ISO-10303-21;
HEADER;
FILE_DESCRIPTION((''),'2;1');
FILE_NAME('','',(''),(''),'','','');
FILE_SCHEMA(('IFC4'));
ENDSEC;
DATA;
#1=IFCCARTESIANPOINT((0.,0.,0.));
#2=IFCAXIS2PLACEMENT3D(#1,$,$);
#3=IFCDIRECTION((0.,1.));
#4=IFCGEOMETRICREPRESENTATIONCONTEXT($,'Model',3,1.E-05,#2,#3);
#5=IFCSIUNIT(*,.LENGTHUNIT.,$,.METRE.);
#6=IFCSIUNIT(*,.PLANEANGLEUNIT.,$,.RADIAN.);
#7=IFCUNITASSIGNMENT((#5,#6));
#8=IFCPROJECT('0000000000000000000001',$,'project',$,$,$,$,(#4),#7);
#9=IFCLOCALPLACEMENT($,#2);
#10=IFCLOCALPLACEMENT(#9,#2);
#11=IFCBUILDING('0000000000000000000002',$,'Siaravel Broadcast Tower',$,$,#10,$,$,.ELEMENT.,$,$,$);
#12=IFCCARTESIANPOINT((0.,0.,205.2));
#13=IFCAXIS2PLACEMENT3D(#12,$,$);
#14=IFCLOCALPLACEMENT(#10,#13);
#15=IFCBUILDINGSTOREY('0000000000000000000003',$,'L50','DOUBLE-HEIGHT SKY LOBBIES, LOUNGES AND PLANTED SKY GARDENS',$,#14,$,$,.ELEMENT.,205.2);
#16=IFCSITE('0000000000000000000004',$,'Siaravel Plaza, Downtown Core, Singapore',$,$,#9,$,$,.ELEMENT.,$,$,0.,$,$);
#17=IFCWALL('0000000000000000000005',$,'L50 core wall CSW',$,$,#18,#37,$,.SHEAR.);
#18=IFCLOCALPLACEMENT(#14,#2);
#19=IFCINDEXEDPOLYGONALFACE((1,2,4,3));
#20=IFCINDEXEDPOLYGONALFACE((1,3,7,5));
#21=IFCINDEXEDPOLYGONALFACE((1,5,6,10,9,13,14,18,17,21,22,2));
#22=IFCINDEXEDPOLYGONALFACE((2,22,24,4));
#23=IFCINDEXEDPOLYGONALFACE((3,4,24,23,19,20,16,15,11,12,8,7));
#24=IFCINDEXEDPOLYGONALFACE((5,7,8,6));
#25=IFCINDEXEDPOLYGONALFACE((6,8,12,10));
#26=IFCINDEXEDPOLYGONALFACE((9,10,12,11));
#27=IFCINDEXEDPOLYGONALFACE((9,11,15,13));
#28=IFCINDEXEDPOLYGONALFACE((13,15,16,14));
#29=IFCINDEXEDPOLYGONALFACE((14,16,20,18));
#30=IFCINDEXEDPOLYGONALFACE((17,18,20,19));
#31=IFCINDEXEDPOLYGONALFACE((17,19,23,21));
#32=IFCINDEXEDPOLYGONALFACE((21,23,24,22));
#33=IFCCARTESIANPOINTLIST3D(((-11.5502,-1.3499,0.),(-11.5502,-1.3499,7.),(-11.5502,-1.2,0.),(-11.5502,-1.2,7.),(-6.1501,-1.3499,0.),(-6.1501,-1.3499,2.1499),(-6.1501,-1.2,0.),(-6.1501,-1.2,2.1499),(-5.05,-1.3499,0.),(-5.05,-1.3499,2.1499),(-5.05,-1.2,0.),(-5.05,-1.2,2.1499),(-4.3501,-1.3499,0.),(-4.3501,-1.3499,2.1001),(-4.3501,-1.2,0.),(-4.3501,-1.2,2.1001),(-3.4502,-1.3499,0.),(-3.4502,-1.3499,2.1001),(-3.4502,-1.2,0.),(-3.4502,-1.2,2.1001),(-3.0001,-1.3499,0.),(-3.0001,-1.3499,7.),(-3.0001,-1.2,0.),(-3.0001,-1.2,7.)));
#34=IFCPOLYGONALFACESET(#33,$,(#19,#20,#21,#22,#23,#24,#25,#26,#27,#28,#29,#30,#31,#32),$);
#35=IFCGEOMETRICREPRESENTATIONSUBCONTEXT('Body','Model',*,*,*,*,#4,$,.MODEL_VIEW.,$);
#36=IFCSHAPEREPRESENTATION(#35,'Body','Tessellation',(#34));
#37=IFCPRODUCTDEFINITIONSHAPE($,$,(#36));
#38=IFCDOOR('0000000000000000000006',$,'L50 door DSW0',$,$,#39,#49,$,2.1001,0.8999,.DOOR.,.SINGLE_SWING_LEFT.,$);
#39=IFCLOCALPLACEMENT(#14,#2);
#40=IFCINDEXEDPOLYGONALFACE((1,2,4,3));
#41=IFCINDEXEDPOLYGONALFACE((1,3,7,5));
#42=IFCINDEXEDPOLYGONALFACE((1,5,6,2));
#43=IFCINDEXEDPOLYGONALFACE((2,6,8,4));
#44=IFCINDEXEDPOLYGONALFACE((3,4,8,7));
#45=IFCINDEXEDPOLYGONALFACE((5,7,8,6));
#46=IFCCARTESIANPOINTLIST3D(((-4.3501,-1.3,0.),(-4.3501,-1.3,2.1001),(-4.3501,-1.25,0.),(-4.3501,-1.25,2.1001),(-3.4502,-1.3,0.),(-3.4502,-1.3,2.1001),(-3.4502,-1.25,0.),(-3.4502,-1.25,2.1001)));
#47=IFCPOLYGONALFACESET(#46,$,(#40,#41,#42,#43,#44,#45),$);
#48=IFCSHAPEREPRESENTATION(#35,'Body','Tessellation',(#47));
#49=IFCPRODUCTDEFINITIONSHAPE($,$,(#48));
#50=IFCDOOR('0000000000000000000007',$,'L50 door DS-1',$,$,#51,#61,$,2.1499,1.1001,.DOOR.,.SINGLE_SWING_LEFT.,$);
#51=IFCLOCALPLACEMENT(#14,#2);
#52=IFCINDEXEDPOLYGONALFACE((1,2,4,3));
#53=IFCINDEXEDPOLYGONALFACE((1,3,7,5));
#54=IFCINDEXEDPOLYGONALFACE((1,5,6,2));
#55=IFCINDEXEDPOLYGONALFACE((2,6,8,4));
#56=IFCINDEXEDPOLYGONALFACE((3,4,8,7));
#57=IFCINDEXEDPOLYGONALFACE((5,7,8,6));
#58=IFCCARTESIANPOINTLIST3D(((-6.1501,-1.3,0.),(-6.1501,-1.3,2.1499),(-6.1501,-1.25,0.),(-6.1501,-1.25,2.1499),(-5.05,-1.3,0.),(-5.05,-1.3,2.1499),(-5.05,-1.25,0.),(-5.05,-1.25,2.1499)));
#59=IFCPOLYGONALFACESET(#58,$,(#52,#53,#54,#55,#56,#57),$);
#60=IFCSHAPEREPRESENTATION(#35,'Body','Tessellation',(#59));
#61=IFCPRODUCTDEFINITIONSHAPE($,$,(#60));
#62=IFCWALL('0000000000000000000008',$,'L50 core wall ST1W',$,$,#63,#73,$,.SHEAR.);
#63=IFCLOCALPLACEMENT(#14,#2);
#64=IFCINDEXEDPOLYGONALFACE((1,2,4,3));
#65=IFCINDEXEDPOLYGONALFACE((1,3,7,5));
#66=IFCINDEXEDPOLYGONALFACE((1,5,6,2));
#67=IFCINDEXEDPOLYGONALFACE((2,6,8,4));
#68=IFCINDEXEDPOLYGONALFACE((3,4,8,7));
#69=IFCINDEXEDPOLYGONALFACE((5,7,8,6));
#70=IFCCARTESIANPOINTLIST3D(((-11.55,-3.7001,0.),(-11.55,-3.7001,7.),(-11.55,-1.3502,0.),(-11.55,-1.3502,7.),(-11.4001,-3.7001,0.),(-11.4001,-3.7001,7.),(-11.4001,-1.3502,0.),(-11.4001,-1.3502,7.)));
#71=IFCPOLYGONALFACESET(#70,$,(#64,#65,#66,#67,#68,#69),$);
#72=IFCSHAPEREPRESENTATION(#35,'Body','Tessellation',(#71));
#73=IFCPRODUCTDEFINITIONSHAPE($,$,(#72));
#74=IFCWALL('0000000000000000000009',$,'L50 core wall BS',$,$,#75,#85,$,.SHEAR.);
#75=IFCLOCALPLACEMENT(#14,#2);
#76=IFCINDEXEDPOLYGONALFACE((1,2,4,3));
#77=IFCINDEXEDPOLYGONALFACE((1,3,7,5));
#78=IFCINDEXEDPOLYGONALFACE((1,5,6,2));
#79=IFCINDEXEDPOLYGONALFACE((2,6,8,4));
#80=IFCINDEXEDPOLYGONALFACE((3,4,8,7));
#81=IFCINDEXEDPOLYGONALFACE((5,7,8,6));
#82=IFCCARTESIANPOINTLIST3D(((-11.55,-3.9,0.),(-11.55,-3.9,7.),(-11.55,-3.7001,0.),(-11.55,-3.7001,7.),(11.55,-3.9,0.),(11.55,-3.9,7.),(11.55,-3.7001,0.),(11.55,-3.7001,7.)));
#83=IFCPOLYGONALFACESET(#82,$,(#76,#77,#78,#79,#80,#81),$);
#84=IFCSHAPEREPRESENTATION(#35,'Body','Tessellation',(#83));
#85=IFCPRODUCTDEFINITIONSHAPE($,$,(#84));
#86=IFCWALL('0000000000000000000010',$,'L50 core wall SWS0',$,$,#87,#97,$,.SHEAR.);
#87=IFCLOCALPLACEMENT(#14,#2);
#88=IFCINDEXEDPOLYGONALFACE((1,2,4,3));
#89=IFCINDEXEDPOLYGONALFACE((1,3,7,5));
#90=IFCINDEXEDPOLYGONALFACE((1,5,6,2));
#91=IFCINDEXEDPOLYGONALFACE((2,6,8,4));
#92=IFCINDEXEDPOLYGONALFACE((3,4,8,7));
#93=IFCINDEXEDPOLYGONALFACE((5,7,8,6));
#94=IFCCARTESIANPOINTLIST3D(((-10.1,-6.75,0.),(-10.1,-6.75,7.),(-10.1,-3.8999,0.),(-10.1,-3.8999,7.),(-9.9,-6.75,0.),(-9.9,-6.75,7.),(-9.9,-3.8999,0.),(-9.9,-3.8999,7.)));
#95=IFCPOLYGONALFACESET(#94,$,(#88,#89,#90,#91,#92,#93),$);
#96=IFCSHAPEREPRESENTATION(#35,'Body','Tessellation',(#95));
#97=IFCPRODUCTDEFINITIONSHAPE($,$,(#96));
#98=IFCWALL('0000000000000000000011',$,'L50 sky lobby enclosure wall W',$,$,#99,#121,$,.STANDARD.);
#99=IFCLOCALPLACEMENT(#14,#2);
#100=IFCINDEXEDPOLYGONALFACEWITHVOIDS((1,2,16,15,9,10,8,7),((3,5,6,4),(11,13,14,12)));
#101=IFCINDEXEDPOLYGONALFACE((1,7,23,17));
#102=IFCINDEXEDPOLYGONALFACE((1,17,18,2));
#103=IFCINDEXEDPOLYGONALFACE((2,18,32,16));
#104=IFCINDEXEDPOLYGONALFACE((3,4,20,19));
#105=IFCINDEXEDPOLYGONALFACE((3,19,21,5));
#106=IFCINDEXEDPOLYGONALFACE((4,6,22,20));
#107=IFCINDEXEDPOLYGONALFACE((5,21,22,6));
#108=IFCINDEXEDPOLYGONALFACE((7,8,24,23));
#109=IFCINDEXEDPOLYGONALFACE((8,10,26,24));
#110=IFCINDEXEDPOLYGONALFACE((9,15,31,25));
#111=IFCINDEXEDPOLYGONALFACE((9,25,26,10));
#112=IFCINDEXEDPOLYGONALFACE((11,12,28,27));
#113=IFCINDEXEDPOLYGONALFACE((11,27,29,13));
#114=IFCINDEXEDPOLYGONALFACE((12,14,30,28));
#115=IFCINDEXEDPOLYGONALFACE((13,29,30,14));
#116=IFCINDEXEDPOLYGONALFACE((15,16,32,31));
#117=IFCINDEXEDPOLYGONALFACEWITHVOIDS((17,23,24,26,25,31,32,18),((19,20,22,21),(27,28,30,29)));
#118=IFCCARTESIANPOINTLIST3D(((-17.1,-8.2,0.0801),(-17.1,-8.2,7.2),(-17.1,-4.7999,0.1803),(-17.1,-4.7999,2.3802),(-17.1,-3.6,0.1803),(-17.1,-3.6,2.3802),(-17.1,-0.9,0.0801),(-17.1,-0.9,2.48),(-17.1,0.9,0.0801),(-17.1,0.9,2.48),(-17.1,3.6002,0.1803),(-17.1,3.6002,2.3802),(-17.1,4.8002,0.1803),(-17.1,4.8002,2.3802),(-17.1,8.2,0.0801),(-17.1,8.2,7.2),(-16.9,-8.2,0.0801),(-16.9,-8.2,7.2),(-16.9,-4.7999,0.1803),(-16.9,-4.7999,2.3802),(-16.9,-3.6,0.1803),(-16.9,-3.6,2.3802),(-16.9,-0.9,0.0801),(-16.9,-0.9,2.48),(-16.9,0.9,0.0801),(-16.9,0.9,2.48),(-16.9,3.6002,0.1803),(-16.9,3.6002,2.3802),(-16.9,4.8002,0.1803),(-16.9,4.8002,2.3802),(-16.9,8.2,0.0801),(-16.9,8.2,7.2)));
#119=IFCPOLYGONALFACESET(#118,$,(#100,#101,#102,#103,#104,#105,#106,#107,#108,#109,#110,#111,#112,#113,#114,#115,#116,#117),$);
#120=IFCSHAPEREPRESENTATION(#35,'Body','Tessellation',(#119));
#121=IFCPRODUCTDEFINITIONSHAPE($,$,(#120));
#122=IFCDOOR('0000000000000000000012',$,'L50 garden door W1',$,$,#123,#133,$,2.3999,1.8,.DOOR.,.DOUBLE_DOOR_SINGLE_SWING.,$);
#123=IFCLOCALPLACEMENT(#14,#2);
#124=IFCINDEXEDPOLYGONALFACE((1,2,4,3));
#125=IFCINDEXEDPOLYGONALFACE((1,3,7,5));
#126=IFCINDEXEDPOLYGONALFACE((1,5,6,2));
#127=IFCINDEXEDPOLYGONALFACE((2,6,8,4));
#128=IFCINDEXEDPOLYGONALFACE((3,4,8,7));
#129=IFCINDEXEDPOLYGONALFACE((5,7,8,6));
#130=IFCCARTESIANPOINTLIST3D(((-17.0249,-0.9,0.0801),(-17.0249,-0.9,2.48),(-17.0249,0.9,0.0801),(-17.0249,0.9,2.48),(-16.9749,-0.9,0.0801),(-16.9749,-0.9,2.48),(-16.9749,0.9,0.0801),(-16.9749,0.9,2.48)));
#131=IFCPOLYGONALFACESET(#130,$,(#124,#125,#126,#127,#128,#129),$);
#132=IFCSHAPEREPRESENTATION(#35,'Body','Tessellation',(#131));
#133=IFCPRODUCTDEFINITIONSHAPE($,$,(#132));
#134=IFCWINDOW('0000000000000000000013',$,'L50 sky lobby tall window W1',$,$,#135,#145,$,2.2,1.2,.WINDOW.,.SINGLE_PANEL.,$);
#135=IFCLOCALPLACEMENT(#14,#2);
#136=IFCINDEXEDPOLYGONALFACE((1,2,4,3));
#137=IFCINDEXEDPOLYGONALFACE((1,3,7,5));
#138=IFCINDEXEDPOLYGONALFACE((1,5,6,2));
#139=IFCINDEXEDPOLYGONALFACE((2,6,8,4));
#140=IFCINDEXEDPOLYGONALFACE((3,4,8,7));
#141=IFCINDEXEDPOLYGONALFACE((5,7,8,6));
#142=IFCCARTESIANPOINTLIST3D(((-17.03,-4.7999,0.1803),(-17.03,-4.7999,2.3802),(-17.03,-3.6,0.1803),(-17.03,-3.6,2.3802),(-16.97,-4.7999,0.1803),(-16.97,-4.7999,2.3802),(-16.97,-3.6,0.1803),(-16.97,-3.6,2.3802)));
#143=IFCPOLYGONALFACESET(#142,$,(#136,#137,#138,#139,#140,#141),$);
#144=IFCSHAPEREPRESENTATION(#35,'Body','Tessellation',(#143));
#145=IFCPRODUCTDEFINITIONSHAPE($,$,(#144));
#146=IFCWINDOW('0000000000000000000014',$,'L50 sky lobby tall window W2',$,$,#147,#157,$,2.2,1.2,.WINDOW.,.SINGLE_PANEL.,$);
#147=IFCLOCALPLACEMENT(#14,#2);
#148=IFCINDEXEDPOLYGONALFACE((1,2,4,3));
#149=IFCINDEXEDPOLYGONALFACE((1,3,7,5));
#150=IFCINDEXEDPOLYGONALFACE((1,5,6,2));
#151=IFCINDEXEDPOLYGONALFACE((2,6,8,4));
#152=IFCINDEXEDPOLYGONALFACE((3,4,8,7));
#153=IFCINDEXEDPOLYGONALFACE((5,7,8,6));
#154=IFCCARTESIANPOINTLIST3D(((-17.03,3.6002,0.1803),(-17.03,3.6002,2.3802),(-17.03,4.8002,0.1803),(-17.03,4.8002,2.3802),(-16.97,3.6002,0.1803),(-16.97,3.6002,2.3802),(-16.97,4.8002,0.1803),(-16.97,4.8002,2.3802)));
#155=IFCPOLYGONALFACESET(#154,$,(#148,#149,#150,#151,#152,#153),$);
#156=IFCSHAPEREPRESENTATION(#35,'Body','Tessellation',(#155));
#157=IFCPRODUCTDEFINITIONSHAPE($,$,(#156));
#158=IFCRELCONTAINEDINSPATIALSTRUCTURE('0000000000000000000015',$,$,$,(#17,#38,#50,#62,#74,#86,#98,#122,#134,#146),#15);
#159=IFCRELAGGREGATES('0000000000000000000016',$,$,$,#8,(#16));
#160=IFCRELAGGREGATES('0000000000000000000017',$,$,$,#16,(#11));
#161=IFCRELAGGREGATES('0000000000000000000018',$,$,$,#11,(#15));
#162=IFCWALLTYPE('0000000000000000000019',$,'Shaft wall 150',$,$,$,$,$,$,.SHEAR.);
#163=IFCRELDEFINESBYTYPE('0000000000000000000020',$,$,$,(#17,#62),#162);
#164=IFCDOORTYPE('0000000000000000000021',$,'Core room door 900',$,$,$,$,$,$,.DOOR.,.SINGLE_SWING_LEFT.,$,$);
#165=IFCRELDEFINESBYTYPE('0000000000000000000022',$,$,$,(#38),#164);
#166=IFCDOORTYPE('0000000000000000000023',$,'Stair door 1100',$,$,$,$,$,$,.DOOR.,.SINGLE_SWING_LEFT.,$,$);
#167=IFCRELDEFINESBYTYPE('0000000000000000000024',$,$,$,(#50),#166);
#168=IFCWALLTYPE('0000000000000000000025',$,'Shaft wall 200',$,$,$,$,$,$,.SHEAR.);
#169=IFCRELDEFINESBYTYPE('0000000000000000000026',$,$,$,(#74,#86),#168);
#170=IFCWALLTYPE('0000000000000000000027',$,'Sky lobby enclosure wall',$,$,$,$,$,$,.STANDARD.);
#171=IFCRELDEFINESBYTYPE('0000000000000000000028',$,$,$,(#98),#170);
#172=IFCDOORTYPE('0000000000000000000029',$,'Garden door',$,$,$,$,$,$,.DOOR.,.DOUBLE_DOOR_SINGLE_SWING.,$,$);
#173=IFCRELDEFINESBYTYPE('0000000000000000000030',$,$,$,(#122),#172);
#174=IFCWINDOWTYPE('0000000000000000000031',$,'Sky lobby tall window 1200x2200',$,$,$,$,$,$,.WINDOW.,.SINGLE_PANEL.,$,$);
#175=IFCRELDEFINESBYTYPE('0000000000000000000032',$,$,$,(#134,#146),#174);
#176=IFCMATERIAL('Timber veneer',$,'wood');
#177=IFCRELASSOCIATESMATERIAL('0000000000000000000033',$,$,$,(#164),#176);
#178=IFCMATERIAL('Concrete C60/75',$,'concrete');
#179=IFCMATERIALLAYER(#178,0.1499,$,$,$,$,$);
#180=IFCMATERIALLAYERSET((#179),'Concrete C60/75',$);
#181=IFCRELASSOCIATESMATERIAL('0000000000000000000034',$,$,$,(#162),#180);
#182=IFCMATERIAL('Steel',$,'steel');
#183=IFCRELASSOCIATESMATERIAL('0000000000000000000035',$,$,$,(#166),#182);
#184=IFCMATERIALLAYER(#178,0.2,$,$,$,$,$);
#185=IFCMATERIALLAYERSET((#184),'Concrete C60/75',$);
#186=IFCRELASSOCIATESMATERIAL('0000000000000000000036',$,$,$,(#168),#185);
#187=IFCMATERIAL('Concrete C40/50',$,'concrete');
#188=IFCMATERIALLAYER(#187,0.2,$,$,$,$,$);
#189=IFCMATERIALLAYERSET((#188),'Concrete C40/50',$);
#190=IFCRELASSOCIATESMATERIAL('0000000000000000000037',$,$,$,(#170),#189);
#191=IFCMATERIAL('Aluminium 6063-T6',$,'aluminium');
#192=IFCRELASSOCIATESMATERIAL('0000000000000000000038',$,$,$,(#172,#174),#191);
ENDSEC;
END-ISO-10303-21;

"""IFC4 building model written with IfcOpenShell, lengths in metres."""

from ifc_helpers import new_model, si_unit, direction, frame, frame_2d, origin, place, context, subcontext, project, spatial, rectangle, extrude, material, layer, layer_set, type_object, element, fill, save


model = new_model("IFC4")

# Units and contexts
model_context = context("Model", 3, precision=1e-05, world=origin(), true_north=direction((0.0, 1.0)))
body_context = subcontext(model_context, "Body", "Model", "MODEL_VIEW")
ifc_project = project(units=[si_unit("LENGTHUNIT", "METRE"), si_unit("PLANEANGLEUNIT", "RADIAN")], contexts=[model_context])

# Site, building, storey
site_placement = place(None, origin())
site = spatial("IfcSite", under=ifc_project, at=site_placement, Name="Siaravel Plaza, Downtown Core, Singapore", CompositionType="ELEMENT", RefElevation=0.0)
building_placement = place(site_placement, origin())
building = spatial("IfcBuilding", under=site, at=building_placement, Name="Siaravel Broadcast Tower", CompositionType="ELEMENT")
storey_placement = place(building_placement, frame((0.0, 0.0, 205.2)))
storey = spatial("IfcBuildingStorey", under=building, at=storey_placement, Name="L50", Description="DOUBLE-HEIGHT SKY LOBBIES, LOUNGES AND PLANTED SKY GARDENS", CompositionType="ELEMENT", Elevation=205.2)

# Shared definitions
ifc_material_1 = material(Name="Concrete C60/75", Category="concrete")

# Shared definitions
ifc_material_2 = material(Name="Steel", Category="steel")

# Shared definitions
ifc_material_3 = material(Name="Timber veneer", Category="wood")
door_type_1 = type_object("IfcDoorType", Name="Core room door 900", OperationType="SINGLE_SWING_LEFT", PredefinedType="DOOR", material=ifc_material_3)

# Wall, openings, doors
ifc_layer_1 = layer(ifc_material_1, 0.1499)
ifc_layer_set_1 = layer_set([ifc_layer_1], Name="Concrete C60/75")
wall_type_1 = type_object("IfcWallType", Name="Shaft wall 150", PredefinedType="SHEAR", material=ifc_layer_set_1)
wall_1_placement = place(storey_placement, frame((-11.55, -1.2749, 0.0), z_axis=(0.0, 0.0, 1.0), x_axis=(1.0, 0.0, 0.0)))
wall_1 = element("IfcWall", 1, at=wall_1_placement, inside=storey, type_object=wall_type_1, Name="L50 core wall CSW", PredefinedType="SHEAR", context=body_context, shape_type="SweptSolid", body=[
    extrude(rectangle(XDim=8.55, YDim=0.1499, at=frame_2d((4.2749, 0.0))), origin(), (0.0, 0.0, 1.0), 7.0),
])
opening_1_placement = place(wall_1_placement, frame((5.3999, 0.0, 0.0)))
opening_1 = element("IfcOpeningElement", 2, at=opening_1_placement, cuts=wall_1, PredefinedType="OPENING", context=body_context, shape_type="SweptSolid", body=[
    extrude(rectangle(XDim=1.1001, YDim=2.1499, at=frame_2d((0.55, 1.075))), frame((0.0, 0.085, 0.0), z_axis=(0.0, -1.0, 0.0), x_axis=(1.0, 0.0, 0.0)), (0.0, 0.0, 1.0), 0.1699),
])
opening_2_placement = place(wall_1_placement, frame((7.2, 0.0, 0.0)))
opening_2 = element("IfcOpeningElement", 3, at=opening_2_placement, cuts=wall_1, PredefinedType="OPENING", context=body_context, shape_type="SweptSolid", body=[
    extrude(rectangle(XDim=0.8999, YDim=2.1001, at=frame_2d((0.45, 1.05))), frame((0.0, 0.085, 0.0), z_axis=(0.0, -1.0, 0.0), x_axis=(1.0, 0.0, 0.0)), (0.0, 0.0, 1.0), 0.1699),
])
door_1_placement = place(opening_2_placement, origin())
door_1 = element("IfcDoor", 4, at=door_1_placement, inside=storey, type_object=door_type_1, Name="L50 door DSW0", OperationType="SINGLE_SWING_LEFT", OverallHeight=2.1001, OverallWidth=0.8999, PredefinedType="DOOR", context=body_context, shape_type="SweptSolid", body=[
    extrude(rectangle(XDim=0.8999, YDim=2.1001, at=frame_2d((0.45, 1.05))), frame((0.0, 0.0249, 0.0), z_axis=(0.0, -1.0, 0.0), x_axis=(1.0, 0.0, 0.0)), (0.0, 0.0, 1.0), 0.05),
])
fill(opening_2, door_1)
door_type_2 = type_object("IfcDoorType", Name="Stair door 1100", OperationType="SINGLE_SWING_LEFT", PredefinedType="DOOR", material=ifc_material_2)
door_2_placement = place(opening_1_placement, origin())
door_2 = element("IfcDoor", 5, at=door_2_placement, inside=storey, type_object=door_type_2, Name="L50 door DS-1", OperationType="SINGLE_SWING_LEFT", OverallHeight=2.1499, OverallWidth=1.1001, PredefinedType="DOOR", context=body_context, shape_type="SweptSolid", body=[
    extrude(rectangle(XDim=1.1001, YDim=2.1499, at=frame_2d((0.55, 1.075))), frame((0.0, 0.0249, 0.0), z_axis=(0.0, -1.0, 0.0), x_axis=(1.0, 0.0, 0.0)), (0.0, 0.0, 1.0), 0.05),
])
fill(opening_1, door_2)

# Walls
wall_2_placement = place(storey_placement, frame((-11.4751, -3.7, 0.0), z_axis=(0.0, 0.0, 1.0), x_axis=(0.0, 1.0, 0.0)))
element("IfcWall", 6, at=wall_2_placement, inside=storey, type_object=wall_type_1, Name="L50 core wall ST1W", PredefinedType="SHEAR", context=body_context, shape_type="SweptSolid", body=[
    extrude(rectangle(XDim=2.3499, YDim=0.1499, at=frame_2d((1.1748, 0.0))), origin(), (0.0, 0.0, 1.0), 7.0),
])
ifc_layer_2 = layer(ifc_material_1, 0.2)
ifc_layer_set_2 = layer_set([ifc_layer_2], Name="Concrete C60/75")
wall_type_2 = type_object("IfcWallType", Name="Shaft wall 200", PredefinedType="SHEAR", material=ifc_layer_set_2)
wall_3_placement = place(storey_placement, frame((-11.55, -3.8, 0.0), z_axis=(0.0, 0.0, 1.0), x_axis=(1.0, 0.0, 0.0)))
element("IfcWall", 7, at=wall_3_placement, inside=storey, type_object=wall_type_2, Name="L50 core wall BS", PredefinedType="SHEAR", context=body_context, shape_type="SweptSolid", body=[
    extrude(rectangle(XDim=23.1001, YDim=0.2, at=frame_2d((11.55, 0.0))), origin(), (0.0, 0.0, 1.0), 7.0),
])
wall_4_placement = place(storey_placement, frame((-10.0, -6.75, 0.0), z_axis=(0.0, 0.0, 1.0), x_axis=(0.0, 1.0, 0.0)))
element("IfcWall", 8, at=wall_4_placement, inside=storey, type_object=wall_type_2, Name="L50 core wall SWS0", PredefinedType="SHEAR", context=body_context, shape_type="SweptSolid", body=[
    extrude(rectangle(XDim=2.8501, YDim=0.2, at=frame_2d((1.425, 0.0))), origin(), (0.0, 0.0, 1.0), 7.0),
])

# Wall, openings, door, windows
ifc_material_4 = material(Name="Concrete C40/50", Category="concrete")
ifc_layer_3 = layer(ifc_material_4, 0.2)
ifc_layer_set_3 = layer_set([ifc_layer_3], Name="Concrete C40/50")
wall_type_3 = type_object("IfcWallType", Name="Sky lobby enclosure wall", PredefinedType="STANDARD", material=ifc_layer_set_3)
wall_5_placement = place(storey_placement, frame((-17.0, -8.2, 0.0801), z_axis=(0.0, 0.0, 1.0), x_axis=(0.0, 1.0, 0.0)))
wall_5 = element("IfcWall", 9, at=wall_5_placement, inside=storey, type_object=wall_type_3, Name="L50 sky lobby enclosure wall W", PredefinedType="STANDARD", context=body_context, shape_type="SweptSolid", body=[
    extrude(rectangle(XDim=16.3999, YDim=0.2, at=frame_2d((8.2, 0.0))), origin(), (0.0, 0.0, 1.0), 7.1199),
])
opening_3_placement = place(wall_5_placement, frame((7.3, 0.0, 0.0)))
opening_3 = element("IfcOpeningElement", 10, at=opening_3_placement, cuts=wall_5, PredefinedType="OPENING", context=body_context, shape_type="SweptSolid", body=[
    extrude(rectangle(XDim=1.8, YDim=2.3999, at=frame_2d((0.8999, 1.2))), frame((0.0, 0.1099, 0.0), z_axis=(0.0, -1.0, 0.0), x_axis=(1.0, 0.0, 0.0)), (0.0, 0.0, 1.0), 0.22),
])
opening_4_placement = place(wall_5_placement, frame((3.3999, 0.0, 0.1001)))
opening_4 = element("IfcOpeningElement", 11, at=opening_4_placement, cuts=wall_5, PredefinedType="OPENING", context=body_context, shape_type="SweptSolid", body=[
    extrude(rectangle(XDim=1.2, YDim=2.2, at=frame_2d((0.6001, 1.1001))), frame((0.0, 0.1099, 0.0), z_axis=(0.0, -1.0, 0.0), x_axis=(1.0, 0.0, 0.0)), (0.0, 0.0, 1.0), 0.22),
])
opening_5_placement = place(wall_5_placement, frame((11.8, 0.0, 0.1001)))
opening_5 = element("IfcOpeningElement", 12, at=opening_5_placement, cuts=wall_5, PredefinedType="OPENING", context=body_context, shape_type="SweptSolid", body=[
    extrude(rectangle(XDim=1.2, YDim=2.2, at=frame_2d((0.6001, 1.1001))), frame((0.0, 0.1099, 0.0), z_axis=(0.0, -1.0, 0.0), x_axis=(1.0, 0.0, 0.0)), (0.0, 0.0, 1.0), 0.22),
])
ifc_material_5 = material(Name="Aluminium 6063-T6", Category="aluminium")
door_type_3 = type_object("IfcDoorType", Name="Garden door", OperationType="DOUBLE_DOOR_SINGLE_SWING", PredefinedType="DOOR", material=ifc_material_5)
door_3_placement = place(opening_3_placement, origin())
door_3 = element("IfcDoor", 13, at=door_3_placement, inside=storey, type_object=door_type_3, Name="L50 garden door W1", OperationType="DOUBLE_DOOR_SINGLE_SWING", OverallHeight=2.3999, OverallWidth=1.8, PredefinedType="DOOR", context=body_context, shape_type="SweptSolid", body=[
    extrude(rectangle(XDim=1.8, YDim=2.3999, at=frame_2d((0.8999, 1.2))), frame((0.0, 0.0249, 0.0), z_axis=(0.0, -1.0, 0.0), x_axis=(1.0, 0.0, 0.0)), (0.0, 0.0, 1.0), 0.05),
])
fill(opening_3, door_3)
window_type = type_object("IfcWindowType", Name="Sky lobby tall window 1200x2200", PartitioningType="SINGLE_PANEL", PredefinedType="WINDOW", material=ifc_material_5)
window_1_placement = place(opening_4_placement, origin())
window_1 = element("IfcWindow", 14, at=window_1_placement, inside=storey, type_object=window_type, Name="L50 sky lobby tall window W1", OverallHeight=2.2, OverallWidth=1.2, PartitioningType="SINGLE_PANEL", PredefinedType="WINDOW", context=body_context, shape_type="SweptSolid", body=[
    extrude(rectangle(XDim=1.2, YDim=2.2, at=frame_2d((0.6001, 1.1001))), frame((0.0, 0.03, 0.0), z_axis=(0.0, -1.0, 0.0), x_axis=(1.0, 0.0, 0.0)), (0.0, 0.0, 1.0), 0.0601),
])
fill(opening_4, window_1)
window_2_placement = place(opening_5_placement, origin())
window_2 = element("IfcWindow", 15, at=window_2_placement, inside=storey, type_object=window_type, Name="L50 sky lobby tall window W2", OverallHeight=2.2, OverallWidth=1.2, PartitioningType="SINGLE_PANEL", PredefinedType="WINDOW", context=body_context, shape_type="SweptSolid", body=[
    extrude(rectangle(XDim=1.2, YDim=2.2, at=frame_2d((0.6001, 1.1001))), frame((0.0, 0.03, 0.0), z_axis=(0.0, -1.0, 0.0), x_axis=(1.0, 0.0, 0.0)), (0.0, 0.0, 1.0), 0.0601),
])
fill(opening_5, window_2)

save(model, "model.ifc")
